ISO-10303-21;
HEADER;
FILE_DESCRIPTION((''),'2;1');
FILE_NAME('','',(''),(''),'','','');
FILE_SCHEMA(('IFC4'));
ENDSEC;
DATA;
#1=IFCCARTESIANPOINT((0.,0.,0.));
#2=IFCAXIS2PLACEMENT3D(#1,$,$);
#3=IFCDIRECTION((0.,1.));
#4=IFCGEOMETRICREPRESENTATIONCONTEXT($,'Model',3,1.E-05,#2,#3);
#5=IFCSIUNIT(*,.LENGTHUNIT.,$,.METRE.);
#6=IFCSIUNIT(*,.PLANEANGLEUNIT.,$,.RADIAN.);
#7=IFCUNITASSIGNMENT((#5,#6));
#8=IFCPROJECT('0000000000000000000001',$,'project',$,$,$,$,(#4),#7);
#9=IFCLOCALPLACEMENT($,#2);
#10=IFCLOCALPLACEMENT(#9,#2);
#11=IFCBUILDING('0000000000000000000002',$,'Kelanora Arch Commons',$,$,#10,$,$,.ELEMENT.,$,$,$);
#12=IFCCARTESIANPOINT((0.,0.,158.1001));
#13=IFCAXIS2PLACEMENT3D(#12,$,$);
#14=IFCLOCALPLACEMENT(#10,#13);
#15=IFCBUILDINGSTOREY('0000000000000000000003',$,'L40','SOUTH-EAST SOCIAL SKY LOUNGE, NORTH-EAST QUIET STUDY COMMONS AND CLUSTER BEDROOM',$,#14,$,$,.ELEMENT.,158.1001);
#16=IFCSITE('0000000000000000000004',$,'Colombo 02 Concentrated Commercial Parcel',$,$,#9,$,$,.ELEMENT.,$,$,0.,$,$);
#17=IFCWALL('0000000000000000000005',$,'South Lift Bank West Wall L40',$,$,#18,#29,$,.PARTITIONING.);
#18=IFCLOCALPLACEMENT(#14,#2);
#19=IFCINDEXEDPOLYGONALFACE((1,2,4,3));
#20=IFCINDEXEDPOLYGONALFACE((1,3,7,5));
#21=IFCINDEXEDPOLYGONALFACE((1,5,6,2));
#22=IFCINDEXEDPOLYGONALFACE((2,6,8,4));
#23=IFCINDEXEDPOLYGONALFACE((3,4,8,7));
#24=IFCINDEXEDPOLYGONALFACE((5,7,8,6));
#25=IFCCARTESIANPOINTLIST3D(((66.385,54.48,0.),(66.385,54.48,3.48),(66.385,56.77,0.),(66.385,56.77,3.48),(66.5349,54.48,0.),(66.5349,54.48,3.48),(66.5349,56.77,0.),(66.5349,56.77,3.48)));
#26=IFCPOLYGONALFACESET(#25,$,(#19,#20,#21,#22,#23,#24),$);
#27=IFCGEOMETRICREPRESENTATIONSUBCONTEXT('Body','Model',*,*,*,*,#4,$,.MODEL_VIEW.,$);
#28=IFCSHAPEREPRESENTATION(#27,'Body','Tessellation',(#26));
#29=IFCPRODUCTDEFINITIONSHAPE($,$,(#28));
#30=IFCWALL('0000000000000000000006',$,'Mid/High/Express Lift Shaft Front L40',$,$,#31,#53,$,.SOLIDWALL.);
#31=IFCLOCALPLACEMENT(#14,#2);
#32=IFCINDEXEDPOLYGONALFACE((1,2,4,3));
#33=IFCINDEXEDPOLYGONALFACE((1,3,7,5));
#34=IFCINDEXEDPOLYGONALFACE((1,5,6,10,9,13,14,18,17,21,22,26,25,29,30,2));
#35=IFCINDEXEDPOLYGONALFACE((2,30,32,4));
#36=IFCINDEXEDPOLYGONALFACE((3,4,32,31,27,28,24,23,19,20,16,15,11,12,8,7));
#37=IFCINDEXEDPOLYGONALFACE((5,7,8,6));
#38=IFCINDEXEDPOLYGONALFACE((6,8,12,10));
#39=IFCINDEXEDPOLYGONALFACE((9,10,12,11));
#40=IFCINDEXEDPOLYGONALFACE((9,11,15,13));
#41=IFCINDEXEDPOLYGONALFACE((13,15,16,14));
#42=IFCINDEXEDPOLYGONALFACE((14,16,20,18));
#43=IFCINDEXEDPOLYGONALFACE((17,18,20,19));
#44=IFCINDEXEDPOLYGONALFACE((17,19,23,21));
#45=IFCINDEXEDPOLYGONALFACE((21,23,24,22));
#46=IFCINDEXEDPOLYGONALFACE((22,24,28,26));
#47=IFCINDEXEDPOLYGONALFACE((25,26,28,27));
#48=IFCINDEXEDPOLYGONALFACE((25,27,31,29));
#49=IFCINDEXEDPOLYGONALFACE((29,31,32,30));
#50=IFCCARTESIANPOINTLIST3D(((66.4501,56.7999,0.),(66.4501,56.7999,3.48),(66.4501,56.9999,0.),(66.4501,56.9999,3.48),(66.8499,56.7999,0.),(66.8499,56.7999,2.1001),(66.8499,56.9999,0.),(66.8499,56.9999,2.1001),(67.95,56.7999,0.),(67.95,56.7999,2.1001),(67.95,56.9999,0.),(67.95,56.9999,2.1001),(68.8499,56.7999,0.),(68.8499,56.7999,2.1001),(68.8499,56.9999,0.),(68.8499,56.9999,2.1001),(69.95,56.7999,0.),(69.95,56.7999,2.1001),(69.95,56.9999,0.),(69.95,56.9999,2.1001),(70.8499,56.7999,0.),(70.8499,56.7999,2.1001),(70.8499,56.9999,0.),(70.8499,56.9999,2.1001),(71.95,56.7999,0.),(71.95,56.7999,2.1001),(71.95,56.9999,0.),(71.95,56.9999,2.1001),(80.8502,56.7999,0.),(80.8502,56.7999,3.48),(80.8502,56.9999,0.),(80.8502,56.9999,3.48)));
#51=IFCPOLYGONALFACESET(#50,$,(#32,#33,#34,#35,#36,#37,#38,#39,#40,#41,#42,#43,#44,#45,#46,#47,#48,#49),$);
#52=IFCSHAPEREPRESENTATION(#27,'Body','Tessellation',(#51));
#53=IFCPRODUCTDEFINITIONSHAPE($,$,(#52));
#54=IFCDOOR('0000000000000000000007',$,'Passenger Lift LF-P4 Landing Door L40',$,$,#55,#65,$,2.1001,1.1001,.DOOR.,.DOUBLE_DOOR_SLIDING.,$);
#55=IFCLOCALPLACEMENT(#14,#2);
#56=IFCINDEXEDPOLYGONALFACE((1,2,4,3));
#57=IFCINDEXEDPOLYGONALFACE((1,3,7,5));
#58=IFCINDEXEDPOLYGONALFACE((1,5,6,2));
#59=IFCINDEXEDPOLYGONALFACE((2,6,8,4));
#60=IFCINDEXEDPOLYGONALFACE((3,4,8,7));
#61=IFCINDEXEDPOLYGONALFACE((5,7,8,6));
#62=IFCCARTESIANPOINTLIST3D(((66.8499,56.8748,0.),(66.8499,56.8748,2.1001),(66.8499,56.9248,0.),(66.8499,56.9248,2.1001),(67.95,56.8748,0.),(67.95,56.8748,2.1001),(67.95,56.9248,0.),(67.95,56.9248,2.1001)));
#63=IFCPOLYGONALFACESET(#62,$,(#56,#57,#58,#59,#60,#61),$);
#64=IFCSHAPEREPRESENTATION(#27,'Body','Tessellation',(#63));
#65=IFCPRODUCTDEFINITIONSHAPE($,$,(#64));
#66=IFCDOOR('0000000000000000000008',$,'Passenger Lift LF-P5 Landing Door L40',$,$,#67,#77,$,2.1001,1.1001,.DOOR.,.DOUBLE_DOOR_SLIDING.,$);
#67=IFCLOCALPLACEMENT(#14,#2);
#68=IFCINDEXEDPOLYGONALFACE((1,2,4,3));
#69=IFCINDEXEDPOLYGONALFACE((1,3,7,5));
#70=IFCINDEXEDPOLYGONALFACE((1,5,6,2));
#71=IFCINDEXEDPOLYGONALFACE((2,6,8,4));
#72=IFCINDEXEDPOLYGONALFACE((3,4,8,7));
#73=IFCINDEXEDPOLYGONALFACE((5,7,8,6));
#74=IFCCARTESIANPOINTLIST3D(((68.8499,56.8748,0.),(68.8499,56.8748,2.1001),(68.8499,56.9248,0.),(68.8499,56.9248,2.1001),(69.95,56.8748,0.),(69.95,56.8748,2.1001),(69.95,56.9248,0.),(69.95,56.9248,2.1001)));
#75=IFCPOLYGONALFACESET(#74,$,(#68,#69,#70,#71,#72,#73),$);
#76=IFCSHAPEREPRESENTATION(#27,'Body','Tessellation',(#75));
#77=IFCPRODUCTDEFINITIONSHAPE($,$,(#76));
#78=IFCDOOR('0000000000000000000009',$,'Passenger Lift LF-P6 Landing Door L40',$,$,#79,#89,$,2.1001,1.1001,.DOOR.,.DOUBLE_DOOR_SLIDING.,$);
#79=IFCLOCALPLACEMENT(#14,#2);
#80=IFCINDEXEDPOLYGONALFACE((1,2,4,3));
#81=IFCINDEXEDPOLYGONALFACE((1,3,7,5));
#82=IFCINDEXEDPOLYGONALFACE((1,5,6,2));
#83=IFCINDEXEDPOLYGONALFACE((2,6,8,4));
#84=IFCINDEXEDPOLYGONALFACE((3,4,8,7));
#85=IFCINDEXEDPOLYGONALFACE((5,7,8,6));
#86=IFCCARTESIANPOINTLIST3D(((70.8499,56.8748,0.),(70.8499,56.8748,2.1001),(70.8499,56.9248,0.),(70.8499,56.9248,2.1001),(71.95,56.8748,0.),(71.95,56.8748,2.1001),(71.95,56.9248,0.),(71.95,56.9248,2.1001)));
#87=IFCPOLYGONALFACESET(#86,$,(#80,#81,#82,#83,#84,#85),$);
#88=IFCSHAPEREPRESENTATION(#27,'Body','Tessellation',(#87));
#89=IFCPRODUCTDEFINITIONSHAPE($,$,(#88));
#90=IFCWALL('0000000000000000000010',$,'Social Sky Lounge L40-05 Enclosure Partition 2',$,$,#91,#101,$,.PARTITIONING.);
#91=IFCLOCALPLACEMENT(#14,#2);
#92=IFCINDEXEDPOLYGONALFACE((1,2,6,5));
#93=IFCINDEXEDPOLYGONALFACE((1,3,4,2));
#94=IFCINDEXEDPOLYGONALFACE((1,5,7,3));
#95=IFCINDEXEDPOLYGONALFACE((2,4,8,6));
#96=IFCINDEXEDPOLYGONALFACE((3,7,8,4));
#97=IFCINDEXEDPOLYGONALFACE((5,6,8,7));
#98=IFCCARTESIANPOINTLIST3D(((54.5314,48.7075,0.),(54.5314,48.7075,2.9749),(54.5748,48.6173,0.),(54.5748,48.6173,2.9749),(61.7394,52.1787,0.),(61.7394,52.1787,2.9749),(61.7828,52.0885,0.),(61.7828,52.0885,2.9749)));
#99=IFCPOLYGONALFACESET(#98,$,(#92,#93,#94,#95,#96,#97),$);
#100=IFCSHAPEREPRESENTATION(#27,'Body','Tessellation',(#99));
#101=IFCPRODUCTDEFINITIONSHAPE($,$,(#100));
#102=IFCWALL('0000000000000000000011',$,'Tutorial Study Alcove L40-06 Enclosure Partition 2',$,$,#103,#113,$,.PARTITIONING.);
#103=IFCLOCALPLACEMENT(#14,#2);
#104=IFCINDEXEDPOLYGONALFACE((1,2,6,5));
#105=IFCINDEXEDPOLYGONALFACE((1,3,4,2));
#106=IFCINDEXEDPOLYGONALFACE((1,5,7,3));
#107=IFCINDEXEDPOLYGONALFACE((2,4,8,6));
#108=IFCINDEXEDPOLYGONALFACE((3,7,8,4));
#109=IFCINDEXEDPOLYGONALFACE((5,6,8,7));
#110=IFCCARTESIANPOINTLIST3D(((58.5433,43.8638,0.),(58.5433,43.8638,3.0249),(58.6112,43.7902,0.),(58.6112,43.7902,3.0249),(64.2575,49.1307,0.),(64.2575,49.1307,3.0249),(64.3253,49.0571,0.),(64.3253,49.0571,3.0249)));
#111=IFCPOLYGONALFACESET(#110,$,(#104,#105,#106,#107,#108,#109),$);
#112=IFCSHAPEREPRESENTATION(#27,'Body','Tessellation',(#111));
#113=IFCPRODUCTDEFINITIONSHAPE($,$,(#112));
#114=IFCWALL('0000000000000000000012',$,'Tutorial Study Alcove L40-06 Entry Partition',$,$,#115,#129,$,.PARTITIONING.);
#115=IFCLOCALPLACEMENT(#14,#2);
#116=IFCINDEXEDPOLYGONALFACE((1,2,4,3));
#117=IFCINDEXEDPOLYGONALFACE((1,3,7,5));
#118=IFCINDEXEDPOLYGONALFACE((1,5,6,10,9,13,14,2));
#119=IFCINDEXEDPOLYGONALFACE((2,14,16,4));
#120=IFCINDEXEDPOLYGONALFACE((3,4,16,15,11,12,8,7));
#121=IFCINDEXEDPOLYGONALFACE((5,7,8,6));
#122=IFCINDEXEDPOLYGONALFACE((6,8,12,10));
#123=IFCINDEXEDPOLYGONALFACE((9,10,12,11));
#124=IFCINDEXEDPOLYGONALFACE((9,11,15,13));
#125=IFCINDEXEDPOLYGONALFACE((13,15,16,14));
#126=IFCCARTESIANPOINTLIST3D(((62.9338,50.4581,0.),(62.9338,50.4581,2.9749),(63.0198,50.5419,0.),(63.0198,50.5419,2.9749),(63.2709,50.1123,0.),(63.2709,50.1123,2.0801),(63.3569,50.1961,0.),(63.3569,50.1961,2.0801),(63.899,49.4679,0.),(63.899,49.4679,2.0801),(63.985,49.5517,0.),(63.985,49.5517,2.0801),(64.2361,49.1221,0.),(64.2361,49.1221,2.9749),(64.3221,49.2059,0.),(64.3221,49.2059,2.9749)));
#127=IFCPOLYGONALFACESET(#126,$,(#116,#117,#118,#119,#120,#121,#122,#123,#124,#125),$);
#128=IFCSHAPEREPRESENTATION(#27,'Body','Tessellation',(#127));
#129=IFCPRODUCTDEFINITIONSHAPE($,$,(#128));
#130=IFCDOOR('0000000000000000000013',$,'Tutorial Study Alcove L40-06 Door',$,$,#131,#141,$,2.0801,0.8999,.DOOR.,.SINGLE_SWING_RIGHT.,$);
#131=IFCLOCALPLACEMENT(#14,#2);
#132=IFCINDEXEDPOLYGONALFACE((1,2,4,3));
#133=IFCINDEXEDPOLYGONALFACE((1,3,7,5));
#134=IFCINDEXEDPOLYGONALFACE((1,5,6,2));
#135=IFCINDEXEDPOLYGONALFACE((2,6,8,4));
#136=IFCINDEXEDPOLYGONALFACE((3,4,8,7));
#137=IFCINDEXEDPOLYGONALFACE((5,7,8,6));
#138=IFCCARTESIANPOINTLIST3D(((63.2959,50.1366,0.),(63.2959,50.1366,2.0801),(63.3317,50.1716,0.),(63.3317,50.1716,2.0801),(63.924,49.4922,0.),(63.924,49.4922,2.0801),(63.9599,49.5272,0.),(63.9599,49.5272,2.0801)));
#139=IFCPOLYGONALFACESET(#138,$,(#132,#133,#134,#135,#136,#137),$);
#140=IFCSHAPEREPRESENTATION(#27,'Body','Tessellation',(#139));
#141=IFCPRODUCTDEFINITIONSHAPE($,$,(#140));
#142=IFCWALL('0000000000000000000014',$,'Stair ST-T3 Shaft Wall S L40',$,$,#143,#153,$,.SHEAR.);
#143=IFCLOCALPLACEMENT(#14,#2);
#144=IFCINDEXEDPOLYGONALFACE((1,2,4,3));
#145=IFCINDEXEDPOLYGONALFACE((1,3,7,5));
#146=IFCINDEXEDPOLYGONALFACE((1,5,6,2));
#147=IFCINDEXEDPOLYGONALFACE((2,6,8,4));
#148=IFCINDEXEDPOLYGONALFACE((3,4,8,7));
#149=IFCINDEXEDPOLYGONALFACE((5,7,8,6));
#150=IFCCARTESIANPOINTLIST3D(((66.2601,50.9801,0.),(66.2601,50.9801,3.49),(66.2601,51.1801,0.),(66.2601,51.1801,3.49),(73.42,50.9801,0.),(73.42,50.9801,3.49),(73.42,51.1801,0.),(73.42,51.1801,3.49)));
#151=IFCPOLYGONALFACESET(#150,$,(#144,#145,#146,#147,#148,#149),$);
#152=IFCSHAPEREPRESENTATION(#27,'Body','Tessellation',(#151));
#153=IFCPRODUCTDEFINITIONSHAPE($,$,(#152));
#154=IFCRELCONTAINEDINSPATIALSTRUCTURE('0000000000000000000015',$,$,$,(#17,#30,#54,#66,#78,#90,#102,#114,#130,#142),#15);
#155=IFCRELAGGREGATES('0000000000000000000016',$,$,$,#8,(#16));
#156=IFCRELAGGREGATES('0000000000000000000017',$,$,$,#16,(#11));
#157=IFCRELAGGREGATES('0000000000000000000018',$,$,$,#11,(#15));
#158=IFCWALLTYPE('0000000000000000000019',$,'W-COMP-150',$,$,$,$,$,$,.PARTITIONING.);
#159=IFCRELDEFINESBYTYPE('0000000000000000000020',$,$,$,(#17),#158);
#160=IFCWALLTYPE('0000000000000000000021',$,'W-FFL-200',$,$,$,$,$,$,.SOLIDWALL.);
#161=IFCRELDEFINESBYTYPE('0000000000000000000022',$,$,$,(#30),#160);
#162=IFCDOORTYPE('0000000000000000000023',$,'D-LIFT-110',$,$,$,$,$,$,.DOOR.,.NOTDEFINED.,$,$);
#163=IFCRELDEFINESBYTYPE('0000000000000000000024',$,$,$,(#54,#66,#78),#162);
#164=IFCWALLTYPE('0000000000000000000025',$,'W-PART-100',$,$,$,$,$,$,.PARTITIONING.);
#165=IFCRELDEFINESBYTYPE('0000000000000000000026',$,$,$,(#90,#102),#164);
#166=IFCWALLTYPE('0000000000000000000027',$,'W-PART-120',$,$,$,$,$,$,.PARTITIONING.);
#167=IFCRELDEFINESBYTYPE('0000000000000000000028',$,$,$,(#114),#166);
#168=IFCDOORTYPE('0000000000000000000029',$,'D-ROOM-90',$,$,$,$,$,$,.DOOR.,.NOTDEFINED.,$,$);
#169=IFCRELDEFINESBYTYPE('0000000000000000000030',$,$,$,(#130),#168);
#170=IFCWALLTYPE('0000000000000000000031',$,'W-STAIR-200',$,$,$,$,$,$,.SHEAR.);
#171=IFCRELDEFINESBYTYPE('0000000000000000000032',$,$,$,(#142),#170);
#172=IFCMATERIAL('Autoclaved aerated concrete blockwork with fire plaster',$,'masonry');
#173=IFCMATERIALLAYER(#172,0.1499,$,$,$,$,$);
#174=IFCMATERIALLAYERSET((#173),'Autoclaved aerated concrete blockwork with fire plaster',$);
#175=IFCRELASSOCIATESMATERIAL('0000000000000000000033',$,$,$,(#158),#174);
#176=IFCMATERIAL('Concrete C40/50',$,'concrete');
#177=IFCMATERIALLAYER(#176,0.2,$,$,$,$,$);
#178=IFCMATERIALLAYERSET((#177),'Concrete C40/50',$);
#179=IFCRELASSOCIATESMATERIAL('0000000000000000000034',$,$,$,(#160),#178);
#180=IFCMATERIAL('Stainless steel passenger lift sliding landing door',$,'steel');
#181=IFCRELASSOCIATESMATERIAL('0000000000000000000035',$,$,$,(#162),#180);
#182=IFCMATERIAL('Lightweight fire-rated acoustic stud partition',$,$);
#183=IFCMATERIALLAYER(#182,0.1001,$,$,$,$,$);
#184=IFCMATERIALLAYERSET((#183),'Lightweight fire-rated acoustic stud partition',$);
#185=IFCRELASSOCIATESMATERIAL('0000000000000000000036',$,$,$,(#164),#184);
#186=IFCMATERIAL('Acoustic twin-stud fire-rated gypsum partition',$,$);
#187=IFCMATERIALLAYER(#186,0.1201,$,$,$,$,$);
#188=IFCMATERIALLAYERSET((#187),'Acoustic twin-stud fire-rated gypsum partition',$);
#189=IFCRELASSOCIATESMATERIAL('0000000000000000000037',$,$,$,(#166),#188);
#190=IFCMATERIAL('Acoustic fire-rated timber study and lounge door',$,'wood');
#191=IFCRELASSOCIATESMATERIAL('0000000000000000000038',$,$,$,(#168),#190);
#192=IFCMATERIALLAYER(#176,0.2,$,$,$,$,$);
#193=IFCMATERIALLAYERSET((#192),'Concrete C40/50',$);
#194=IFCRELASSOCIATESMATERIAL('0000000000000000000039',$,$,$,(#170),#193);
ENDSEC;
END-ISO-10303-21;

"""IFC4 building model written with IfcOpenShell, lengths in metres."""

from ifc_helpers import new_model, si_unit, direction, frame, frame_2d, origin, place, context, subcontext, project, spatial, rectangle, extrude, material, layer, layer_set, type_object, element, fill, save


model = new_model("IFC4")

# Units and contexts
model_context = context("Model", 3, precision=1e-05, world=origin(), true_north=direction((0.0, 1.0)))
body_context = subcontext(model_context, "Body", "Model", "MODEL_VIEW")
ifc_project = project(units=[si_unit("LENGTHUNIT", "METRE"), si_unit("PLANEANGLEUNIT", "RADIAN")], contexts=[model_context])

# Site, building, storey
site_placement = place(None, origin())
site = spatial("IfcSite", under=ifc_project, at=site_placement, Name="Colombo 02 Concentrated Commercial Parcel", CompositionType="ELEMENT", RefElevation=0.0)
building_placement = place(site_placement, origin())
building = spatial("IfcBuilding", under=site, at=building_placement, Name="Kelanora Arch Commons", CompositionType="ELEMENT")
storey_placement = place(building_placement, frame((0.0, 0.0, 158.1001)))
storey = spatial("IfcBuildingStorey", under=building, at=storey_placement, Name="L40", Description="SOUTH-EAST SOCIAL SKY LOUNGE, NORTH-EAST QUIET STUDY COMMONS AND CLUSTER BEDROOM", CompositionType="ELEMENT", Elevation=158.1001)

# Wall
ifc_material_1 = material(Name="Autoclaved aerated concrete blockwork with fire plaster", Category="masonry")
ifc_layer_1 = layer(ifc_material_1, 0.1499)
ifc_layer_set_1 = layer_set([ifc_layer_1], Name="Autoclaved aerated concrete blockwork with fire plaster")
wall_type_1 = type_object("IfcWallType", Name="W-COMP-150", PredefinedType="PARTITIONING", material=ifc_layer_set_1)
wall_1_placement = place(storey_placement, frame((66.46, 54.48, 0.0), z_axis=(0.0, 0.0, 1.0), x_axis=(0.0, 1.0, 0.0)))
element("IfcWall", 1, at=wall_1_placement, inside=storey, type_object=wall_type_1, Name="South Lift Bank West Wall L40", PredefinedType="PARTITIONING", context=body_context, shape_type="SweptSolid", body=[
    extrude(rectangle(XDim=2.29, YDim=0.1499, at=frame_2d((1.145, 0.0))), origin(), (0.0, 0.0, 1.0), 3.48),
])

# Wall, openings, doors
ifc_material_2 = material(Name="Concrete C40/50", Category="concrete")
ifc_layer_2 = layer(ifc_material_2, 0.2)
ifc_layer_set_2 = layer_set([ifc_layer_2], Name="Concrete C40/50")
wall_type_2 = type_object("IfcWallType", Name="W-FFL-200", PredefinedType="SOLIDWALL", material=ifc_layer_set_2)
wall_2_placement = place(storey_placement, frame((66.45, 56.8999, 0.0), z_axis=(0.0, 0.0, 1.0), x_axis=(1.0, 0.0, 0.0)))
wall_2 = element("IfcWall", 2, at=wall_2_placement, inside=storey, type_object=wall_type_2, Name="Mid/High/Express Lift Shaft Front L40", PredefinedType="SOLIDWALL", context=body_context, shape_type="SweptSolid", body=[
    extrude(rectangle(XDim=14.4001, YDim=0.2, at=frame_2d((7.2002, 0.0))), origin(), (0.0, 0.0, 1.0), 3.48),
])
opening_1_placement = place(wall_2_placement, frame((0.3999, 0.0, 0.0)))
opening_1 = element("IfcOpeningElement", 3, at=opening_1_placement, cuts=wall_2, PredefinedType="OPENING", context=body_context, shape_type="SweptSolid", body=[
    extrude(rectangle(XDim=1.1001, YDim=2.1001, at=frame_2d((0.55, 1.05))), frame((0.0, 0.1099, 0.0), z_axis=(0.0, -1.0, 0.0), x_axis=(1.0, 0.0, 0.0)), (0.0, 0.0, 1.0), 0.22),
])
opening_2_placement = place(wall_2_placement, frame((2.3999, 0.0, 0.0)))
opening_2 = element("IfcOpeningElement", 4, at=opening_2_placement, cuts=wall_2, PredefinedType="OPENING", context=body_context, shape_type="SweptSolid", body=[
    extrude(rectangle(XDim=1.1001, YDim=2.1001, at=frame_2d((0.55, 1.05))), frame((0.0, 0.1099, 0.0), z_axis=(0.0, -1.0, 0.0), x_axis=(1.0, 0.0, 0.0)), (0.0, 0.0, 1.0), 0.22),
])
opening_3_placement = place(wall_2_placement, frame((4.3999, 0.0, 0.0)))
opening_3 = element("IfcOpeningElement", 5, at=opening_3_placement, cuts=wall_2, PredefinedType="OPENING", context=body_context, shape_type="SweptSolid", body=[
    extrude(rectangle(XDim=1.1001, YDim=2.1001, at=frame_2d((0.55, 1.05))), frame((0.0, 0.1099, 0.0), z_axis=(0.0, -1.0, 0.0), x_axis=(1.0, 0.0, 0.0)), (0.0, 0.0, 1.0), 0.22),
])
ifc_material_3 = material(Name="Stainless steel passenger lift sliding landing door", Category="steel")
door_type_1 = type_object("IfcDoorType", Name="D-LIFT-110", OperationType="NOTDEFINED", PredefinedType="DOOR", material=ifc_material_3)
door_1_placement = place(opening_1_placement, origin())
door_1 = element("IfcDoor", 6, at=door_1_placement, inside=storey, type_object=door_type_1, Name="Passenger Lift LF-P4 Landing Door L40", OperationType="DOUBLE_DOOR_SLIDING", OverallHeight=2.1001, OverallWidth=1.1001, PredefinedType="DOOR", context=body_context, shape_type="SweptSolid", body=[
    extrude(rectangle(XDim=1.1001, YDim=2.1001, at=frame_2d((0.55, 1.05))), frame((0.0, 0.0249, 0.0), z_axis=(0.0, -1.0, 0.0), x_axis=(1.0, 0.0, 0.0)), (0.0, 0.0, 1.0), 0.05),
])
fill(opening_1, door_1)
door_2_placement = place(opening_2_placement, origin())
door_2 = element("IfcDoor", 7, at=door_2_placement, inside=storey, type_object=door_type_1, Name="Passenger Lift LF-P5 Landing Door L40", OperationType="DOUBLE_DOOR_SLIDING", OverallHeight=2.1001, OverallWidth=1.1001, PredefinedType="DOOR", context=body_context, shape_type="SweptSolid", body=[
    extrude(rectangle(XDim=1.1001, YDim=2.1001, at=frame_2d((0.55, 1.05))), frame((0.0, 0.0249, 0.0), z_axis=(0.0, -1.0, 0.0), x_axis=(1.0, 0.0, 0.0)), (0.0, 0.0, 1.0), 0.05),
])
fill(opening_2, door_2)
door_3_placement = place(opening_3_placement, origin())
door_3 = element("IfcDoor", 8, at=door_3_placement, inside=storey, type_object=door_type_1, Name="Passenger Lift LF-P6 Landing Door L40", OperationType="DOUBLE_DOOR_SLIDING", OverallHeight=2.1001, OverallWidth=1.1001, PredefinedType="DOOR", context=body_context, shape_type="SweptSolid", body=[
    extrude(rectangle(XDim=1.1001, YDim=2.1001, at=frame_2d((0.55, 1.05))), frame((0.0, 0.0249, 0.0), z_axis=(0.0, -1.0, 0.0), x_axis=(1.0, 0.0, 0.0)), (0.0, 0.0, 1.0), 0.05),
])
fill(opening_3, door_3)

# Walls
ifc_material_4 = material(Name="Lightweight fire-rated acoustic stud partition")
ifc_layer_3 = layer(ifc_material_4, 0.1001)
ifc_layer_set_3 = layer_set([ifc_layer_3], Name="Lightweight fire-rated acoustic stud partition")
wall_type_3 = type_object("IfcWallType", Name="W-PART-100", PredefinedType="PARTITIONING", material=ifc_layer_set_3)
wall_3_placement = place(storey_placement, frame((61.761, 52.1335, 0.0), z_axis=(0.0, 0.0, 1.0), x_axis=(-0.900969, -0.433884, 0.0)))
element("IfcWall", 9, at=wall_3_placement, inside=storey, type_object=wall_type_3, Name="Social Sky Lounge L40-05 Enclosure Partition 2", PredefinedType="PARTITIONING", context=body_context, shape_type="SweptSolid", body=[
    extrude(rectangle(XDim=8.0002, YDim=0.1001, at=frame_2d((4.0, 0.0))), origin(), (0.0, 0.0, 1.0), 2.9749),
])
wall_4_placement = place(storey_placement, frame((64.2915, 49.094, 0.0), z_axis=(0.0, 0.0, 1.0), x_axis=(-0.735298, -0.677744, 0.0)))
element("IfcWall", 10, at=wall_4_placement, inside=storey, type_object=wall_type_3, Name="Tutorial Study Alcove L40-06 Enclosure Partition 2", PredefinedType="PARTITIONING", context=body_context, shape_type="SweptSolid", body=[
    extrude(rectangle(XDim=7.7712, YDim=0.1001, at=frame_2d((3.8857, 0.0))), origin(), (0.0, 0.0, 1.0), 3.0249),
])

# Wall, opening, door
ifc_material_5 = material(Name="Acoustic twin-stud fire-rated gypsum partition")
ifc_layer_4 = layer(ifc_material_5, 0.1201)
ifc_layer_set_4 = layer_set([ifc_layer_4], Name="Acoustic twin-stud fire-rated gypsum partition")
wall_type_4 = type_object("IfcWallType", Name="W-PART-120", PredefinedType="PARTITIONING", material=ifc_layer_set_4)
wall_5_placement = place(storey_placement, frame((62.9768, 50.5, 0.0), z_axis=(0.0, 0.0, 1.0), x_axis=(0.69802, -0.716079, 0.0)))
wall_5 = element("IfcWall", 11, at=wall_5_placement, inside=storey, type_object=wall_type_4, Name="Tutorial Study Alcove L40-06 Entry Partition", PredefinedType="PARTITIONING", context=body_context, shape_type="SweptSolid", body=[
    extrude(rectangle(XDim=1.8657, YDim=0.1201, at=frame_2d((0.9329, 0.0))), origin(), (0.0, 0.0, 1.0), 2.9749),
])
opening_4_placement = place(wall_5_placement, frame((0.4829, 0.0, 0.0)))
opening_4 = element("IfcOpeningElement", 12, at=opening_4_placement, cuts=wall_5, PredefinedType="OPENING", context=body_context, shape_type="SweptSolid", body=[
    extrude(rectangle(XDim=0.8999, YDim=2.0801, at=frame_2d((0.45, 1.04))), frame((0.0, 0.0701, 0.0), z_axis=(0.0, -1.0, 0.0), x_axis=(1.0, 0.0, 0.0)), (0.0, 0.0, 1.0), 0.1401),
])
ifc_material_6 = material(Name="Acoustic fire-rated timber study and lounge door", Category="wood")
door_type_2 = type_object("IfcDoorType", Name="D-ROOM-90", OperationType="NOTDEFINED", PredefinedType="DOOR", material=ifc_material_6)
door_4_placement = place(opening_4_placement, origin())
door_4 = element("IfcDoor", 13, at=door_4_placement, inside=storey, type_object=door_type_2, Name="Tutorial Study Alcove L40-06 Door", OperationType="SINGLE_SWING_RIGHT", OverallHeight=2.0801, OverallWidth=0.8999, PredefinedType="DOOR", context=body_context, shape_type="SweptSolid", body=[
    extrude(rectangle(XDim=0.8999, YDim=2.0801, at=frame_2d((0.45, 1.04))), frame((0.0, 0.0249, 0.0), z_axis=(0.0, -1.0, 0.0), x_axis=(1.0, 0.0, 0.0)), (0.0, 0.0, 1.0), 0.05),
])
fill(opening_4, door_4)

# Wall
ifc_layer_5 = layer(ifc_material_2, 0.2)
ifc_layer_set_5 = layer_set([ifc_layer_5], Name="Concrete C40/50")
wall_type_5 = type_object("IfcWallType", Name="W-STAIR-200", PredefinedType="SHEAR", material=ifc_layer_set_5)
wall_6_placement = place(storey_placement, frame((66.26, 51.0801, 0.0), z_axis=(0.0, 0.0, 1.0), x_axis=(1.0, 0.0, 0.0)))
element("IfcWall", 14, at=wall_6_placement, inside=storey, type_object=wall_type_5, Name="Stair ST-T3 Shaft Wall S L40", PredefinedType="SHEAR", context=body_context, shape_type="SweptSolid", body=[
    extrude(rectangle(XDim=7.1599, YDim=0.2, at=frame_2d((3.5801, 0.0))), origin(), (0.0, 0.0, 1.0), 3.49),
])

save(model, "model.ifc")
